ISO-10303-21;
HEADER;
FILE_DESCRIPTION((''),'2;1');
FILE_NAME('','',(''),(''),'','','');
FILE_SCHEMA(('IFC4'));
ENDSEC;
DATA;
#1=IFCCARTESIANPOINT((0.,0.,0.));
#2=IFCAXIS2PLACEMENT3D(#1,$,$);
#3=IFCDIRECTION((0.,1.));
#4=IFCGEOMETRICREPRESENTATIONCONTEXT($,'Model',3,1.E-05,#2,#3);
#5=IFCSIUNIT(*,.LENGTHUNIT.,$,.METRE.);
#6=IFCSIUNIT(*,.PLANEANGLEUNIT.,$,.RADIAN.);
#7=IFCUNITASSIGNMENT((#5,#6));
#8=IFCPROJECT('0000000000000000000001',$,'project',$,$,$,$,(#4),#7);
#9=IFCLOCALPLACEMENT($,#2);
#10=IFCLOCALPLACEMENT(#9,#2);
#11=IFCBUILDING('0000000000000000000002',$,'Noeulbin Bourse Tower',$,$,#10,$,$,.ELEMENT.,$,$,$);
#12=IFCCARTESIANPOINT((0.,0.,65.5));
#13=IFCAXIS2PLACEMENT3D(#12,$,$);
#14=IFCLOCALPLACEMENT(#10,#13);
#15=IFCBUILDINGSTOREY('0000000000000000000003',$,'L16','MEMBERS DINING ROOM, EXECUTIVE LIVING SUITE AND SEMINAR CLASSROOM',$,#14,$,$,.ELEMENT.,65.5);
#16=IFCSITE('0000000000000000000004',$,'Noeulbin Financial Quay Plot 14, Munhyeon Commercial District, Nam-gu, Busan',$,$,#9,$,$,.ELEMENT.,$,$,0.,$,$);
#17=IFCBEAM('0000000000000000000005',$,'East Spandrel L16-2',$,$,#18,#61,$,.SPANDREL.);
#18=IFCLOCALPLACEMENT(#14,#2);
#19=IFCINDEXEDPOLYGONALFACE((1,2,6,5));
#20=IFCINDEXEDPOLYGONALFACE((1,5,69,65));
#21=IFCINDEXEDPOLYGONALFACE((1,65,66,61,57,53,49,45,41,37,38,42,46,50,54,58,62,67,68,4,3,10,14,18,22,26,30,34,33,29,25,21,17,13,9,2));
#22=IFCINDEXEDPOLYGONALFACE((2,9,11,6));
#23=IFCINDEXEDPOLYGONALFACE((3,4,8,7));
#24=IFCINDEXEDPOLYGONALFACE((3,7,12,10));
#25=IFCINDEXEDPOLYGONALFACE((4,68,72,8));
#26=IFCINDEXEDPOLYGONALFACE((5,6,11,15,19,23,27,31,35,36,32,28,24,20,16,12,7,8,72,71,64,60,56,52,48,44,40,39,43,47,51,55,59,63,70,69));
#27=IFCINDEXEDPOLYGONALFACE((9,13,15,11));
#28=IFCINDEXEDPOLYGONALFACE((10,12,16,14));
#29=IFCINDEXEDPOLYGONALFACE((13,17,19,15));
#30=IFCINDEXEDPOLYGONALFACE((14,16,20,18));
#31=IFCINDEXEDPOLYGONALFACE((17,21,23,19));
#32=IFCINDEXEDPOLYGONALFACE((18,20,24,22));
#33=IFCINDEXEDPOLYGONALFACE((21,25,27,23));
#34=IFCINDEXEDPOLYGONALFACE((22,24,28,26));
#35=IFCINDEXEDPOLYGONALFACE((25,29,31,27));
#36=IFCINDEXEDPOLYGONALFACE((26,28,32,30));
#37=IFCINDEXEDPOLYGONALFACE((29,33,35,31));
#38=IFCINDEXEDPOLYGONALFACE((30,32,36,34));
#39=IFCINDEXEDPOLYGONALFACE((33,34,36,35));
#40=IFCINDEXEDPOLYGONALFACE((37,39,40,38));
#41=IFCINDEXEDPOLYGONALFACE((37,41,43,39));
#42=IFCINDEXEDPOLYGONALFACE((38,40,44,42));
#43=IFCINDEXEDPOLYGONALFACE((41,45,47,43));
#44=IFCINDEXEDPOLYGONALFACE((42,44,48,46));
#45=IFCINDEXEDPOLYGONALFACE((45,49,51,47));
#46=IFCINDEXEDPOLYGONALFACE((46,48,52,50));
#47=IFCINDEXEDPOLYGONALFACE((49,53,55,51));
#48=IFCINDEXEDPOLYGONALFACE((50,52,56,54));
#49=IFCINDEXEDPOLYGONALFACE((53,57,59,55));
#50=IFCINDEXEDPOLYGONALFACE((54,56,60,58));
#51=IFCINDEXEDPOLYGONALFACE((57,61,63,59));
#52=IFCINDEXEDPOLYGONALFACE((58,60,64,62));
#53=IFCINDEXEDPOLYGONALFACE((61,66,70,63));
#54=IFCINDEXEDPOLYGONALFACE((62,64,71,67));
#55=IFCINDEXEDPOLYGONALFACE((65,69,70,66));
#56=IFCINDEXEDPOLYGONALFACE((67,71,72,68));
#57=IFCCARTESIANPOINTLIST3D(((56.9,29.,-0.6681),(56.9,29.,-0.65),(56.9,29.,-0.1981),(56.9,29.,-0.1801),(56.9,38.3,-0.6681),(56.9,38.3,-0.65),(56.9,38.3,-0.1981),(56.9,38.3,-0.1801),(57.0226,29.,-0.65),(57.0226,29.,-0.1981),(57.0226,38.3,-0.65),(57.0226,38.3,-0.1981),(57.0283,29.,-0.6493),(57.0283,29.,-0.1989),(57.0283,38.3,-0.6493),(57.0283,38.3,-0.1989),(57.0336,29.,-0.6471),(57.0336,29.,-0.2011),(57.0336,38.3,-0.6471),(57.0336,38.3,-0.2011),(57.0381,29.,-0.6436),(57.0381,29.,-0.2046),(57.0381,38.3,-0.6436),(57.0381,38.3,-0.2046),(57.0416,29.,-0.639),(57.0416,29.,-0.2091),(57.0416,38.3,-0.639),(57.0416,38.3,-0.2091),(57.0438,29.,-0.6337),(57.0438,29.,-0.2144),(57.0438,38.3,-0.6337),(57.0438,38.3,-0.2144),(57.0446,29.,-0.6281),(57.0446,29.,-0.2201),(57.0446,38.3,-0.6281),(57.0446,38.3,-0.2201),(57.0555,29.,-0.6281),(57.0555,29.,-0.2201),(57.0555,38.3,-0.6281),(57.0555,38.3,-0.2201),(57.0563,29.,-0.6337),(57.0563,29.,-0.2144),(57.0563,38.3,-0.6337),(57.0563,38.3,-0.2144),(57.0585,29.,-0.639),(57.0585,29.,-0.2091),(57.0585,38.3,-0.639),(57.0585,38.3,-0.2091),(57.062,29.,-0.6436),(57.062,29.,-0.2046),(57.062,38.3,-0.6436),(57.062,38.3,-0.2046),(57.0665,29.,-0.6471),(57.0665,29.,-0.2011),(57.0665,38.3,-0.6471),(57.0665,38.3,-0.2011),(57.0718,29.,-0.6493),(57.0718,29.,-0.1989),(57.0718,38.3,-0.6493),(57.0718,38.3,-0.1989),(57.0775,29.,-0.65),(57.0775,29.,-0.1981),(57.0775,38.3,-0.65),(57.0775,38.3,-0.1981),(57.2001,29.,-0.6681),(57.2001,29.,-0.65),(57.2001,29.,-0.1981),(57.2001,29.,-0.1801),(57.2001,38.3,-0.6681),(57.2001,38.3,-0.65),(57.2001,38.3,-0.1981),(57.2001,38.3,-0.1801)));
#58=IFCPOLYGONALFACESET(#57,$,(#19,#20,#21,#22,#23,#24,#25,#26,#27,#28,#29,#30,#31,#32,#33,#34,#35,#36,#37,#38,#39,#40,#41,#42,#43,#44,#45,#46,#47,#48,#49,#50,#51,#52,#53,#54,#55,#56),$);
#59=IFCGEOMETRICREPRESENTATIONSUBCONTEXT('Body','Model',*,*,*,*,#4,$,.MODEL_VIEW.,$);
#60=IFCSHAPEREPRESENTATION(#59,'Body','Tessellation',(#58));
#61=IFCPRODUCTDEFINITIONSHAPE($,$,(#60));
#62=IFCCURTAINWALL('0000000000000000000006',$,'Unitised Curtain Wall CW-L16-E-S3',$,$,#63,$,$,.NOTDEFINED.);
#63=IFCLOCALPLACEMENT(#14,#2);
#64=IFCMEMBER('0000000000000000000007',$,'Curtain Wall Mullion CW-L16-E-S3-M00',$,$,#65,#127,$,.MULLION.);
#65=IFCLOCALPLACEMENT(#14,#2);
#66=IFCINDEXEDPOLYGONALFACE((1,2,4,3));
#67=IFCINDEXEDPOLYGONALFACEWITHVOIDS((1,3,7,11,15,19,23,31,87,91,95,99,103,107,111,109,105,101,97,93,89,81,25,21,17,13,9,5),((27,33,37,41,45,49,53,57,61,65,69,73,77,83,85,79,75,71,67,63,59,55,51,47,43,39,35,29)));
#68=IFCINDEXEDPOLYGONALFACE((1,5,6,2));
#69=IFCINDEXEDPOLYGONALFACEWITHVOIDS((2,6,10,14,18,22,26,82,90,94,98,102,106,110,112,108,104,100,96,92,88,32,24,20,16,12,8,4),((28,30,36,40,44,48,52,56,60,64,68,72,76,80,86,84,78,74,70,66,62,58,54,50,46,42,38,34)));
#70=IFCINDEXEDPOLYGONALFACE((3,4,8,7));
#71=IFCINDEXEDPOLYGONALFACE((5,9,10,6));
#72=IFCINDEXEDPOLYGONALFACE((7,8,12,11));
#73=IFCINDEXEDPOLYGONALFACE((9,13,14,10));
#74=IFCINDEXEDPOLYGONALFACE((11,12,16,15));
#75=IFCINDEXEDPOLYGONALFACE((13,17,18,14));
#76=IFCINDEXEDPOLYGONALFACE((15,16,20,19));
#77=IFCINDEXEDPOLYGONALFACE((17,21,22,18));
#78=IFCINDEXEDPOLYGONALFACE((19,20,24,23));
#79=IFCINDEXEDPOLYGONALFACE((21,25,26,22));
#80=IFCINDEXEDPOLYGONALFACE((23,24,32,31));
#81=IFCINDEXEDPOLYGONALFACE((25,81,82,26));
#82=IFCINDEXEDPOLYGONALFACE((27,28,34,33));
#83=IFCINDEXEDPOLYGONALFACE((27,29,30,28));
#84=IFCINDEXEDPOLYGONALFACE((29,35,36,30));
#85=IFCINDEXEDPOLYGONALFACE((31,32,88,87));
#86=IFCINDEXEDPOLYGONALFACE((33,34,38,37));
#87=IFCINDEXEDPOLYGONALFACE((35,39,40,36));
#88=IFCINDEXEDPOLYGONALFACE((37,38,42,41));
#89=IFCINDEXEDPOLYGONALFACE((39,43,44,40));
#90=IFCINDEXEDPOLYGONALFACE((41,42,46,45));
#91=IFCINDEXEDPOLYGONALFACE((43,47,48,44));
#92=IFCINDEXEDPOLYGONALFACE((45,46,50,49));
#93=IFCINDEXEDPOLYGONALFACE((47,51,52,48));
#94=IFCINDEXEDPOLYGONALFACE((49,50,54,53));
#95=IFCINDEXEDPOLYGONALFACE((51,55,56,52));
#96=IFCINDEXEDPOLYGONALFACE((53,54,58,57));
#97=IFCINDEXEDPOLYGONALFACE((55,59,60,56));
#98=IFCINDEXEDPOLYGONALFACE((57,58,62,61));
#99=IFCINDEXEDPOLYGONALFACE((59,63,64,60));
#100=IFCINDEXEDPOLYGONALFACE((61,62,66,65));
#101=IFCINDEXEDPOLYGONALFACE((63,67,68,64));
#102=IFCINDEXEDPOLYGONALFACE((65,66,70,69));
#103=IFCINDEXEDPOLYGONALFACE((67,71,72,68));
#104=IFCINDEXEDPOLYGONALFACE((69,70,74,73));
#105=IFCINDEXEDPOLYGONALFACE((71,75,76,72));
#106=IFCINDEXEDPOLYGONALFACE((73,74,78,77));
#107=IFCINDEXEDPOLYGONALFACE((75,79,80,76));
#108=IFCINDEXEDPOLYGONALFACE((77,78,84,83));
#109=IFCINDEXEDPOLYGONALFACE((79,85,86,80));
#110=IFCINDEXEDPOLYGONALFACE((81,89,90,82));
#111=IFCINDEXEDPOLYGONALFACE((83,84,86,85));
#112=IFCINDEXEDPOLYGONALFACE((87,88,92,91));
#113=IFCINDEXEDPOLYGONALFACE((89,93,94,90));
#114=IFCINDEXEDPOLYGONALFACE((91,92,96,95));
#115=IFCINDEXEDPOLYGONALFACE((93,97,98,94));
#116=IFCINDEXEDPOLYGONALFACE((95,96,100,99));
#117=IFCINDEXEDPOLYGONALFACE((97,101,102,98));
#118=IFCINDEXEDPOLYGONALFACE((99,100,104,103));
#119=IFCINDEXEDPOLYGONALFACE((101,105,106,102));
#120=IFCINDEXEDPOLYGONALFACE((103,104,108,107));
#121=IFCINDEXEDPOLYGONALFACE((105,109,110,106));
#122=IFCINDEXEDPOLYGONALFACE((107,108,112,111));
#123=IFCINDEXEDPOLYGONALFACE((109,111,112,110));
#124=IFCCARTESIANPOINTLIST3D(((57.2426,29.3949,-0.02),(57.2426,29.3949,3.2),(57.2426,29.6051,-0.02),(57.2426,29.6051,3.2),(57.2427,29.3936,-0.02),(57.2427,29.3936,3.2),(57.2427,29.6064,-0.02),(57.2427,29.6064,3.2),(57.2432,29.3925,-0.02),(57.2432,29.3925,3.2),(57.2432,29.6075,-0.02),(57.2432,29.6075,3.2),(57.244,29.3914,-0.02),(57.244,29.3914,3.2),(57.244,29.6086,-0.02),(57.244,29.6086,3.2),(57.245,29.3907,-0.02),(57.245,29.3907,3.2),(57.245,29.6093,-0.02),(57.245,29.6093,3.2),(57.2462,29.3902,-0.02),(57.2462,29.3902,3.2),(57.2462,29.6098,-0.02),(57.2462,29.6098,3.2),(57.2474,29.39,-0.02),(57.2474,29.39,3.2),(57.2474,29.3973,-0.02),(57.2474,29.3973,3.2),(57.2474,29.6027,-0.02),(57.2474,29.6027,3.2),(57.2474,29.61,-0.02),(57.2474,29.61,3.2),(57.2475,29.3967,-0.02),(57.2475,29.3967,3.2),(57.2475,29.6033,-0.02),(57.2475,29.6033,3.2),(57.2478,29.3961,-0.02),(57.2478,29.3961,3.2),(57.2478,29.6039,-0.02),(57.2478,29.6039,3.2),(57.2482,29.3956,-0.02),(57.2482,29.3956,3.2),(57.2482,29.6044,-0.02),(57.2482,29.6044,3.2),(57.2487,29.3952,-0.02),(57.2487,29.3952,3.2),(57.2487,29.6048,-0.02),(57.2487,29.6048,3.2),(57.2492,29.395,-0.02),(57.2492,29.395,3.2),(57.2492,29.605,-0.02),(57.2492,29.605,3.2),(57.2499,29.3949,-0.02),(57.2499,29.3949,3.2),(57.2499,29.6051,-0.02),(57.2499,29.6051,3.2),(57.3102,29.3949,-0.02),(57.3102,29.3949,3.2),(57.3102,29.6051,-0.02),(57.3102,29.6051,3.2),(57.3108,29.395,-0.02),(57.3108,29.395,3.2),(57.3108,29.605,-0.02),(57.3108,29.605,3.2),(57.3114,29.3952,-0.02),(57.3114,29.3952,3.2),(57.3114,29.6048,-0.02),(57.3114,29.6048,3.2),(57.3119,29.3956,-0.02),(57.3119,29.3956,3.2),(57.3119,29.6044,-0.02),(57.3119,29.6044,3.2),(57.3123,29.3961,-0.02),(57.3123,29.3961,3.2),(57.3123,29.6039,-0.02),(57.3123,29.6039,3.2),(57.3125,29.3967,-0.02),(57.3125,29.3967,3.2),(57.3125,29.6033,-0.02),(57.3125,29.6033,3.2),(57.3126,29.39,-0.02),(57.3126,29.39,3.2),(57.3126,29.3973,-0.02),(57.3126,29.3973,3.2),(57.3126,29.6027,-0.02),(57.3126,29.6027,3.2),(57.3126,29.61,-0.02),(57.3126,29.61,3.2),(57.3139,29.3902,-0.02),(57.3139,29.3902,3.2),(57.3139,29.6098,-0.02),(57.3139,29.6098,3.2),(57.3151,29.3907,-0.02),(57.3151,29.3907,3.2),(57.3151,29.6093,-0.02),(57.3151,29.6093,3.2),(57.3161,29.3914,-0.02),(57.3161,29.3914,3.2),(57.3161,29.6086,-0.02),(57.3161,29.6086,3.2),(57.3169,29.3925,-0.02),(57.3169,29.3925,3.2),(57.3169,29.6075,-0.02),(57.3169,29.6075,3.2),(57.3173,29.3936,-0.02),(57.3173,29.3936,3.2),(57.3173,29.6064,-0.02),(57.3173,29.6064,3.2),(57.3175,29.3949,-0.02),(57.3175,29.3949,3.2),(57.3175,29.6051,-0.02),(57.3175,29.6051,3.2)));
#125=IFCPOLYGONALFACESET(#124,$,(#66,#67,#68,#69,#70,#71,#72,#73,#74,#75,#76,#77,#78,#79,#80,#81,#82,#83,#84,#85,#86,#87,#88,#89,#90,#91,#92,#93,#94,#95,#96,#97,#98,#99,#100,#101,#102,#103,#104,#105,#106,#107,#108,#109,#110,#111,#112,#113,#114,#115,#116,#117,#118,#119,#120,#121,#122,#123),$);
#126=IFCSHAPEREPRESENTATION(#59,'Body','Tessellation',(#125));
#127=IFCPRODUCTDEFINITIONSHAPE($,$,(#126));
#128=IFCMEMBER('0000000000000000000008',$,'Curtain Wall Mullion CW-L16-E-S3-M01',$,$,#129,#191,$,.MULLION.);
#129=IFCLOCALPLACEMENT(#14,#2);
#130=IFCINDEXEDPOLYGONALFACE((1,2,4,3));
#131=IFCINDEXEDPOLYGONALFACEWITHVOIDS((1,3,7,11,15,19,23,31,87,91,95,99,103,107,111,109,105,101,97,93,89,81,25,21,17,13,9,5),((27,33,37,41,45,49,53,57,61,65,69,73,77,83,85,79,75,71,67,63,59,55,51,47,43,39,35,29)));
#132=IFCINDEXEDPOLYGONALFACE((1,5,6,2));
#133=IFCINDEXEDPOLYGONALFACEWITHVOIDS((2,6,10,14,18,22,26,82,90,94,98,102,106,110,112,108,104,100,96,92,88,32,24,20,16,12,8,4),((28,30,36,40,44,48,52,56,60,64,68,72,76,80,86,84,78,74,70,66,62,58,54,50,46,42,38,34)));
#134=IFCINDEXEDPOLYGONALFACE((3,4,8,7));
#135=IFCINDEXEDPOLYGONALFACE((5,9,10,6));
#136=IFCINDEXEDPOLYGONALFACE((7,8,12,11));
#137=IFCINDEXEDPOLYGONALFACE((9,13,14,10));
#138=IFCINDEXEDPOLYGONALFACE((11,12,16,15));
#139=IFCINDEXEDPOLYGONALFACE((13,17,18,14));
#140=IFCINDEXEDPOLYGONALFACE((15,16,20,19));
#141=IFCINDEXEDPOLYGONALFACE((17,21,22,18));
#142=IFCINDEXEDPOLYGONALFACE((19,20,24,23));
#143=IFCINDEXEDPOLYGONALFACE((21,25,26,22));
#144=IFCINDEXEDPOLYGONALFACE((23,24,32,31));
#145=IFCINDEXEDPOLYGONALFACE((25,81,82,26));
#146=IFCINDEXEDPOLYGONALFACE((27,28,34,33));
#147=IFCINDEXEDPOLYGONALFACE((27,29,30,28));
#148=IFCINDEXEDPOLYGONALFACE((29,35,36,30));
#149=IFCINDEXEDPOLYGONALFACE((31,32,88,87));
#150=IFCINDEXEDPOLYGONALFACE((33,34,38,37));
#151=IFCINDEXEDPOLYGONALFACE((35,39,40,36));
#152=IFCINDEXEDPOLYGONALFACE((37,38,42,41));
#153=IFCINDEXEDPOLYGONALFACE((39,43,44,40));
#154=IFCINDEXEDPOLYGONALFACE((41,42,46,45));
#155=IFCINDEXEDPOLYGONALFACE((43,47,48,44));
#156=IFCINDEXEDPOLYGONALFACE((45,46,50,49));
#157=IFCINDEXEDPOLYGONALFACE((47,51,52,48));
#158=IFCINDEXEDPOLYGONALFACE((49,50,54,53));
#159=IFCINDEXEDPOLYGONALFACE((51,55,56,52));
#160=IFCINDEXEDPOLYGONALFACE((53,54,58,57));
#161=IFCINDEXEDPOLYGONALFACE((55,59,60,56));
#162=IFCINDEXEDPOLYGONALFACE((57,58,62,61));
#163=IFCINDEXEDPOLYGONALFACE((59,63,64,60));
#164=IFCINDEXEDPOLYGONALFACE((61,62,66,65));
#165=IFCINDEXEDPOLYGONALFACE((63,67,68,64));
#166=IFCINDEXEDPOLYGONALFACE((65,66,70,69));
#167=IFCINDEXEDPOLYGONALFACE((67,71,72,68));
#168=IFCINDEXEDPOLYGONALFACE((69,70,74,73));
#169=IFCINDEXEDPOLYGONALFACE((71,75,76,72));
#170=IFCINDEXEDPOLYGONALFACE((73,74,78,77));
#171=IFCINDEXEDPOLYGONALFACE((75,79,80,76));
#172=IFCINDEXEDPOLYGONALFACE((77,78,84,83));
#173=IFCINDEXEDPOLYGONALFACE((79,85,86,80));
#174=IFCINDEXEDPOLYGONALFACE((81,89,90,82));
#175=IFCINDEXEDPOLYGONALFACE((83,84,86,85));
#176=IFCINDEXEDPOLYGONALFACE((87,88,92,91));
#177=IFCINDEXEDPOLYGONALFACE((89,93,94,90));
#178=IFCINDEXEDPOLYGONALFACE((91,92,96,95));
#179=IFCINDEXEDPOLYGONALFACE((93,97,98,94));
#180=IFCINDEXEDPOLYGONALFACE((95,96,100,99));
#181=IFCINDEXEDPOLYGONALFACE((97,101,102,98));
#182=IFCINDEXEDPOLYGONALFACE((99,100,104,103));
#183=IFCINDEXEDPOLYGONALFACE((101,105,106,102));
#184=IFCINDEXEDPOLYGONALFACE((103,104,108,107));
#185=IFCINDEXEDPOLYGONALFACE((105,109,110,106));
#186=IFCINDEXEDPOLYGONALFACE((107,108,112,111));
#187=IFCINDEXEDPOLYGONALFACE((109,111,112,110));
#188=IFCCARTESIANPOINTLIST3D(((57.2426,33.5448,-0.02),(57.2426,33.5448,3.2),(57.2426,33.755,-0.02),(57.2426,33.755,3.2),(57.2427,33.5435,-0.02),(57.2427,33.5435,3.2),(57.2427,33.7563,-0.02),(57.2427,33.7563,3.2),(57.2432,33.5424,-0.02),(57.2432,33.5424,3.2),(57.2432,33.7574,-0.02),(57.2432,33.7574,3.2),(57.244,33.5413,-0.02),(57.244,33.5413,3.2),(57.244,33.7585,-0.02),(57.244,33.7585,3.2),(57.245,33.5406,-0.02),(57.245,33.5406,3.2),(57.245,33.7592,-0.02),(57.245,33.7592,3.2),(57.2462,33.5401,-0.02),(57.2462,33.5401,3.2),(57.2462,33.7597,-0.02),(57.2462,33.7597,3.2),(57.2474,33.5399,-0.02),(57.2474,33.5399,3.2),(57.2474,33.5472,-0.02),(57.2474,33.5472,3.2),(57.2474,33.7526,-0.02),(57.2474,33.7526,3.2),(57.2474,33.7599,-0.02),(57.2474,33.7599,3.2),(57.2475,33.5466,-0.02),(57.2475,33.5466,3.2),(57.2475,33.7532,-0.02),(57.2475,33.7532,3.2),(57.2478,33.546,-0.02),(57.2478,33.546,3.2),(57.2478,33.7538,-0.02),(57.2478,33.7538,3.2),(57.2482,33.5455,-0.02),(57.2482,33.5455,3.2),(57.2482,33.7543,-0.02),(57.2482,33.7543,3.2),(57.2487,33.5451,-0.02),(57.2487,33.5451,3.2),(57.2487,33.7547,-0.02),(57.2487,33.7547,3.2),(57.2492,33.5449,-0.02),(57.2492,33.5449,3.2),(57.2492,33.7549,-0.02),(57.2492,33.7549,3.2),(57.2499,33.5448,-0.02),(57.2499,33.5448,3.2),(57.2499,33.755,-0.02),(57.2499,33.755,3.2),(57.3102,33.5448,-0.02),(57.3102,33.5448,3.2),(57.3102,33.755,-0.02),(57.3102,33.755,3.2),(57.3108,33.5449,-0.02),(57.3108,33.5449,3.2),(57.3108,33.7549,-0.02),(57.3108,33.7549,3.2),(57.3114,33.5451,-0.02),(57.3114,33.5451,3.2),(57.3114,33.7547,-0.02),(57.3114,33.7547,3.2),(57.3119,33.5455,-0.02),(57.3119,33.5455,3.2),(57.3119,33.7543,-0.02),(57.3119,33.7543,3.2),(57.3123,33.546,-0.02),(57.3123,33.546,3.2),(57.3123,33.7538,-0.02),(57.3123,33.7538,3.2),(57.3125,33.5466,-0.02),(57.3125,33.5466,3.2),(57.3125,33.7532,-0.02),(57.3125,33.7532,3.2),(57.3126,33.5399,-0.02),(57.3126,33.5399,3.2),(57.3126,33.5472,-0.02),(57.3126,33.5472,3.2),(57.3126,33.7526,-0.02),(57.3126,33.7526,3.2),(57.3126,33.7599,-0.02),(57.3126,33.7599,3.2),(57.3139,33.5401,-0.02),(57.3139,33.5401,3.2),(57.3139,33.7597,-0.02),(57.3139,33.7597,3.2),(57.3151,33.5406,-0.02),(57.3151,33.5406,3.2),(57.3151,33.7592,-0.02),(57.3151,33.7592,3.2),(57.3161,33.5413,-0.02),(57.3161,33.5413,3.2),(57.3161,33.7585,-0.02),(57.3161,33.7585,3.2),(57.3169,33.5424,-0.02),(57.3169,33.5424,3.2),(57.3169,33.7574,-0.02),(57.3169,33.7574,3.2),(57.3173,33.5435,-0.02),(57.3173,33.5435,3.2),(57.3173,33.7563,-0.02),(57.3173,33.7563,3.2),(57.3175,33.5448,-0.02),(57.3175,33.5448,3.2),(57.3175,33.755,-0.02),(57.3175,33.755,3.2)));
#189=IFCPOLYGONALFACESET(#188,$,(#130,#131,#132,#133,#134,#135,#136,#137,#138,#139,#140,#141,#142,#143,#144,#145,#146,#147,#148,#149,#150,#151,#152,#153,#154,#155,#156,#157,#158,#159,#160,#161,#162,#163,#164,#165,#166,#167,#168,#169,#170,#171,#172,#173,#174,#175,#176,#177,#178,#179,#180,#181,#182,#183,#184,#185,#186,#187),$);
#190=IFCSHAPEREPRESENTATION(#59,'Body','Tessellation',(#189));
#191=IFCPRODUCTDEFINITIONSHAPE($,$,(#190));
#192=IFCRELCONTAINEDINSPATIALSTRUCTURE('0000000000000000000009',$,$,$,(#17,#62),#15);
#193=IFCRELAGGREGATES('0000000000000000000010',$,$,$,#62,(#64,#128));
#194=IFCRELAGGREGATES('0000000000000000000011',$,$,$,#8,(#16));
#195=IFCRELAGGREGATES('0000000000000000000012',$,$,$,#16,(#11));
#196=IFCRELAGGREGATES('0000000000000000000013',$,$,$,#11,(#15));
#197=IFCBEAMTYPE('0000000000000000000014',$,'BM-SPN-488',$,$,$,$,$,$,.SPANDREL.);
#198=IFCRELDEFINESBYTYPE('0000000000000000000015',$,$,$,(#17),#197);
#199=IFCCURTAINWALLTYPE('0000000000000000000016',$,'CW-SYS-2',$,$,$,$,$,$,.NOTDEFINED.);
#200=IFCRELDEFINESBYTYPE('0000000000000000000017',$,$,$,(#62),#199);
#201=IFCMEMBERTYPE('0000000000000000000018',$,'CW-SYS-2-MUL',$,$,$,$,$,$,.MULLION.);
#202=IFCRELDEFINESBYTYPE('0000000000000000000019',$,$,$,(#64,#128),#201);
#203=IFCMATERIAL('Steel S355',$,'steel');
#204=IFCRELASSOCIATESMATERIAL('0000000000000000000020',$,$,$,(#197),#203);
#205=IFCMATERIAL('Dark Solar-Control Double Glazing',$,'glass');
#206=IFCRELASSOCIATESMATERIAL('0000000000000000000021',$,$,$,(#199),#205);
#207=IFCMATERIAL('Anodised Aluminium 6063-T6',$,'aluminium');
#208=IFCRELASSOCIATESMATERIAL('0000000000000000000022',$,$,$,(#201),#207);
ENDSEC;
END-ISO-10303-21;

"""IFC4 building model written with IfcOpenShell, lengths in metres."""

from ifc_helpers import new_model, si_unit, direction, frame, origin, origin_2d, place, context, subcontext, project, spatial, hollow_rectangle, i_section, extrude, material, material_profile, profile_set, type_object, element, aggregate, save


model = new_model("IFC4")

# Units and contexts
model_context = context("Model", 3, precision=1e-05, world=origin(), true_north=direction((0.0, 1.0)))
body_context = subcontext(model_context, "Body", "Model", "MODEL_VIEW")
ifc_project = project(units=[si_unit("LENGTHUNIT", "METRE"), si_unit("PLANEANGLEUNIT", "RADIAN")], contexts=[model_context])

# Site, building, storey
site_placement = place(None, origin())
site = spatial("IfcSite", under=ifc_project, at=site_placement, Name="Noeulbin Financial Quay Plot 14, Munhyeon Commercial District, Nam-gu, Busan", CompositionType="ELEMENT", RefElevation=0.0)
building_placement = place(site_placement, origin())
building = spatial("IfcBuilding", under=site, at=building_placement, Name="Noeulbin Bourse Tower", CompositionType="ELEMENT")
storey_placement = place(building_placement, frame((0.0, 0.0, 65.5)))
storey = spatial("IfcBuildingStorey", under=building, at=storey_placement, Name="L16", Description="MEMBERS DINING ROOM, EXECUTIVE LIVING SUITE AND SEMINAR CLASSROOM", CompositionType="ELEMENT", Elevation=65.5)

# Beam
ifc_material_1 = material(Name="Steel S355", Category="steel")
ifc_material_profile_1 = material_profile(ifc_material_1, i_section(OverallWidth=0.3, OverallDepth=0.488, WebThickness=0.011, FlangeThickness=0.0181, FilletRadius=0.022, at=origin_2d()), Name="H-488x300x11x18", Category="LoadBearing")
ifc_profile_set_1 = profile_set([ifc_material_profile_1], Name="Steel S355")
beam_type_1 = type_object("IfcBeamType", Name="BM-SPN-488", PredefinedType="SPANDREL", material=ifc_profile_set_1)
beam_1_placement = place(storey_placement, frame((57.05, 29.0, -0.4241), z_axis=(0.0, 1.0, 0.0), x_axis=(-1.0, 0.0, 0.0)))
element("IfcBeam", 1, at=beam_1_placement, inside=storey, type_object=beam_type_1, Name="East Spandrel L16-2", PredefinedType="SPANDREL", context=body_context, shape_type="SweptSolid", body=[
    extrude(i_section(OverallWidth=0.3, OverallDepth=0.488, WebThickness=0.011, FlangeThickness=0.0181, FilletRadius=0.022, at=origin_2d()), origin(), (0.0, 0.0, 1.0), 9.3),
])

# Curtain wall, members
ifc_material_2 = material(Name="Dark Solar-Control Double Glazing", Category="glass")
curtain_wall_type = type_object("IfcCurtainWallType", Name="CW-SYS-2", PredefinedType="NOTDEFINED", material=ifc_material_2)
curtain_wall_placement = place(storey_placement, origin())
curtain_wall = element("IfcCurtainWall", 2, at=curtain_wall_placement, inside=storey, type_object=curtain_wall_type, Name="Unitised Curtain Wall CW-L16-E-S3", PredefinedType="NOTDEFINED")
ifc_material_3 = material(Name="Anodised Aluminium 6063-T6", Category="aluminium")
ifc_material_profile_2 = material_profile(ifc_material_3, hollow_rectangle(XDim=0.075, YDim=0.22, WallThickness=0.0049, InnerFilletRadius=0.0024, OuterFilletRadius=0.0049, at=origin_2d()), Name="ALU-MULL-75x220x5", Category="LoadBearing")
ifc_profile_set_2 = profile_set([ifc_material_profile_2], Name="Anodised Aluminium 6063-T6")
member_type_1 = type_object("IfcMemberType", Name="CW-SYS-2-MUL", PredefinedType="MULLION", material=ifc_profile_set_2)
member_1_placement = place(storey_placement, frame((57.28, 29.5, -0.02), z_axis=(0.0, 0.0, 1.0), x_axis=(1.0, 0.0, 0.0)))
member_1 = element("IfcMember", 3, at=member_1_placement, type_object=member_type_1, Name="Curtain Wall Mullion CW-L16-E-S3-M00", PredefinedType="MULLION", context=body_context, shape_type="SweptSolid", body=[
    extrude(hollow_rectangle(XDim=0.075, YDim=0.22, WallThickness=0.0049, InnerFilletRadius=0.0024, OuterFilletRadius=0.0049, at=origin_2d()), origin(), (0.0, 0.0, 1.0), 3.22),
])
member_2_placement = place(storey_placement, frame((57.28, 33.6499, -0.02), z_axis=(0.0, 0.0, 1.0), x_axis=(1.0, 0.0, 0.0)))
member_2 = element("IfcMember", 4, at=member_2_placement, type_object=member_type_1, Name="Curtain Wall Mullion CW-L16-E-S3-M01", PredefinedType="MULLION", context=body_context, shape_type="SweptSolid", body=[
    extrude(hollow_rectangle(XDim=0.075, YDim=0.22, WallThickness=0.0049, InnerFilletRadius=0.0024, OuterFilletRadius=0.0049, at=origin_2d()), origin(), (0.0, 0.0, 1.0), 3.22),
])
aggregate(curtain_wall, [member_1, member_2])

save(model, "model.ifc")
